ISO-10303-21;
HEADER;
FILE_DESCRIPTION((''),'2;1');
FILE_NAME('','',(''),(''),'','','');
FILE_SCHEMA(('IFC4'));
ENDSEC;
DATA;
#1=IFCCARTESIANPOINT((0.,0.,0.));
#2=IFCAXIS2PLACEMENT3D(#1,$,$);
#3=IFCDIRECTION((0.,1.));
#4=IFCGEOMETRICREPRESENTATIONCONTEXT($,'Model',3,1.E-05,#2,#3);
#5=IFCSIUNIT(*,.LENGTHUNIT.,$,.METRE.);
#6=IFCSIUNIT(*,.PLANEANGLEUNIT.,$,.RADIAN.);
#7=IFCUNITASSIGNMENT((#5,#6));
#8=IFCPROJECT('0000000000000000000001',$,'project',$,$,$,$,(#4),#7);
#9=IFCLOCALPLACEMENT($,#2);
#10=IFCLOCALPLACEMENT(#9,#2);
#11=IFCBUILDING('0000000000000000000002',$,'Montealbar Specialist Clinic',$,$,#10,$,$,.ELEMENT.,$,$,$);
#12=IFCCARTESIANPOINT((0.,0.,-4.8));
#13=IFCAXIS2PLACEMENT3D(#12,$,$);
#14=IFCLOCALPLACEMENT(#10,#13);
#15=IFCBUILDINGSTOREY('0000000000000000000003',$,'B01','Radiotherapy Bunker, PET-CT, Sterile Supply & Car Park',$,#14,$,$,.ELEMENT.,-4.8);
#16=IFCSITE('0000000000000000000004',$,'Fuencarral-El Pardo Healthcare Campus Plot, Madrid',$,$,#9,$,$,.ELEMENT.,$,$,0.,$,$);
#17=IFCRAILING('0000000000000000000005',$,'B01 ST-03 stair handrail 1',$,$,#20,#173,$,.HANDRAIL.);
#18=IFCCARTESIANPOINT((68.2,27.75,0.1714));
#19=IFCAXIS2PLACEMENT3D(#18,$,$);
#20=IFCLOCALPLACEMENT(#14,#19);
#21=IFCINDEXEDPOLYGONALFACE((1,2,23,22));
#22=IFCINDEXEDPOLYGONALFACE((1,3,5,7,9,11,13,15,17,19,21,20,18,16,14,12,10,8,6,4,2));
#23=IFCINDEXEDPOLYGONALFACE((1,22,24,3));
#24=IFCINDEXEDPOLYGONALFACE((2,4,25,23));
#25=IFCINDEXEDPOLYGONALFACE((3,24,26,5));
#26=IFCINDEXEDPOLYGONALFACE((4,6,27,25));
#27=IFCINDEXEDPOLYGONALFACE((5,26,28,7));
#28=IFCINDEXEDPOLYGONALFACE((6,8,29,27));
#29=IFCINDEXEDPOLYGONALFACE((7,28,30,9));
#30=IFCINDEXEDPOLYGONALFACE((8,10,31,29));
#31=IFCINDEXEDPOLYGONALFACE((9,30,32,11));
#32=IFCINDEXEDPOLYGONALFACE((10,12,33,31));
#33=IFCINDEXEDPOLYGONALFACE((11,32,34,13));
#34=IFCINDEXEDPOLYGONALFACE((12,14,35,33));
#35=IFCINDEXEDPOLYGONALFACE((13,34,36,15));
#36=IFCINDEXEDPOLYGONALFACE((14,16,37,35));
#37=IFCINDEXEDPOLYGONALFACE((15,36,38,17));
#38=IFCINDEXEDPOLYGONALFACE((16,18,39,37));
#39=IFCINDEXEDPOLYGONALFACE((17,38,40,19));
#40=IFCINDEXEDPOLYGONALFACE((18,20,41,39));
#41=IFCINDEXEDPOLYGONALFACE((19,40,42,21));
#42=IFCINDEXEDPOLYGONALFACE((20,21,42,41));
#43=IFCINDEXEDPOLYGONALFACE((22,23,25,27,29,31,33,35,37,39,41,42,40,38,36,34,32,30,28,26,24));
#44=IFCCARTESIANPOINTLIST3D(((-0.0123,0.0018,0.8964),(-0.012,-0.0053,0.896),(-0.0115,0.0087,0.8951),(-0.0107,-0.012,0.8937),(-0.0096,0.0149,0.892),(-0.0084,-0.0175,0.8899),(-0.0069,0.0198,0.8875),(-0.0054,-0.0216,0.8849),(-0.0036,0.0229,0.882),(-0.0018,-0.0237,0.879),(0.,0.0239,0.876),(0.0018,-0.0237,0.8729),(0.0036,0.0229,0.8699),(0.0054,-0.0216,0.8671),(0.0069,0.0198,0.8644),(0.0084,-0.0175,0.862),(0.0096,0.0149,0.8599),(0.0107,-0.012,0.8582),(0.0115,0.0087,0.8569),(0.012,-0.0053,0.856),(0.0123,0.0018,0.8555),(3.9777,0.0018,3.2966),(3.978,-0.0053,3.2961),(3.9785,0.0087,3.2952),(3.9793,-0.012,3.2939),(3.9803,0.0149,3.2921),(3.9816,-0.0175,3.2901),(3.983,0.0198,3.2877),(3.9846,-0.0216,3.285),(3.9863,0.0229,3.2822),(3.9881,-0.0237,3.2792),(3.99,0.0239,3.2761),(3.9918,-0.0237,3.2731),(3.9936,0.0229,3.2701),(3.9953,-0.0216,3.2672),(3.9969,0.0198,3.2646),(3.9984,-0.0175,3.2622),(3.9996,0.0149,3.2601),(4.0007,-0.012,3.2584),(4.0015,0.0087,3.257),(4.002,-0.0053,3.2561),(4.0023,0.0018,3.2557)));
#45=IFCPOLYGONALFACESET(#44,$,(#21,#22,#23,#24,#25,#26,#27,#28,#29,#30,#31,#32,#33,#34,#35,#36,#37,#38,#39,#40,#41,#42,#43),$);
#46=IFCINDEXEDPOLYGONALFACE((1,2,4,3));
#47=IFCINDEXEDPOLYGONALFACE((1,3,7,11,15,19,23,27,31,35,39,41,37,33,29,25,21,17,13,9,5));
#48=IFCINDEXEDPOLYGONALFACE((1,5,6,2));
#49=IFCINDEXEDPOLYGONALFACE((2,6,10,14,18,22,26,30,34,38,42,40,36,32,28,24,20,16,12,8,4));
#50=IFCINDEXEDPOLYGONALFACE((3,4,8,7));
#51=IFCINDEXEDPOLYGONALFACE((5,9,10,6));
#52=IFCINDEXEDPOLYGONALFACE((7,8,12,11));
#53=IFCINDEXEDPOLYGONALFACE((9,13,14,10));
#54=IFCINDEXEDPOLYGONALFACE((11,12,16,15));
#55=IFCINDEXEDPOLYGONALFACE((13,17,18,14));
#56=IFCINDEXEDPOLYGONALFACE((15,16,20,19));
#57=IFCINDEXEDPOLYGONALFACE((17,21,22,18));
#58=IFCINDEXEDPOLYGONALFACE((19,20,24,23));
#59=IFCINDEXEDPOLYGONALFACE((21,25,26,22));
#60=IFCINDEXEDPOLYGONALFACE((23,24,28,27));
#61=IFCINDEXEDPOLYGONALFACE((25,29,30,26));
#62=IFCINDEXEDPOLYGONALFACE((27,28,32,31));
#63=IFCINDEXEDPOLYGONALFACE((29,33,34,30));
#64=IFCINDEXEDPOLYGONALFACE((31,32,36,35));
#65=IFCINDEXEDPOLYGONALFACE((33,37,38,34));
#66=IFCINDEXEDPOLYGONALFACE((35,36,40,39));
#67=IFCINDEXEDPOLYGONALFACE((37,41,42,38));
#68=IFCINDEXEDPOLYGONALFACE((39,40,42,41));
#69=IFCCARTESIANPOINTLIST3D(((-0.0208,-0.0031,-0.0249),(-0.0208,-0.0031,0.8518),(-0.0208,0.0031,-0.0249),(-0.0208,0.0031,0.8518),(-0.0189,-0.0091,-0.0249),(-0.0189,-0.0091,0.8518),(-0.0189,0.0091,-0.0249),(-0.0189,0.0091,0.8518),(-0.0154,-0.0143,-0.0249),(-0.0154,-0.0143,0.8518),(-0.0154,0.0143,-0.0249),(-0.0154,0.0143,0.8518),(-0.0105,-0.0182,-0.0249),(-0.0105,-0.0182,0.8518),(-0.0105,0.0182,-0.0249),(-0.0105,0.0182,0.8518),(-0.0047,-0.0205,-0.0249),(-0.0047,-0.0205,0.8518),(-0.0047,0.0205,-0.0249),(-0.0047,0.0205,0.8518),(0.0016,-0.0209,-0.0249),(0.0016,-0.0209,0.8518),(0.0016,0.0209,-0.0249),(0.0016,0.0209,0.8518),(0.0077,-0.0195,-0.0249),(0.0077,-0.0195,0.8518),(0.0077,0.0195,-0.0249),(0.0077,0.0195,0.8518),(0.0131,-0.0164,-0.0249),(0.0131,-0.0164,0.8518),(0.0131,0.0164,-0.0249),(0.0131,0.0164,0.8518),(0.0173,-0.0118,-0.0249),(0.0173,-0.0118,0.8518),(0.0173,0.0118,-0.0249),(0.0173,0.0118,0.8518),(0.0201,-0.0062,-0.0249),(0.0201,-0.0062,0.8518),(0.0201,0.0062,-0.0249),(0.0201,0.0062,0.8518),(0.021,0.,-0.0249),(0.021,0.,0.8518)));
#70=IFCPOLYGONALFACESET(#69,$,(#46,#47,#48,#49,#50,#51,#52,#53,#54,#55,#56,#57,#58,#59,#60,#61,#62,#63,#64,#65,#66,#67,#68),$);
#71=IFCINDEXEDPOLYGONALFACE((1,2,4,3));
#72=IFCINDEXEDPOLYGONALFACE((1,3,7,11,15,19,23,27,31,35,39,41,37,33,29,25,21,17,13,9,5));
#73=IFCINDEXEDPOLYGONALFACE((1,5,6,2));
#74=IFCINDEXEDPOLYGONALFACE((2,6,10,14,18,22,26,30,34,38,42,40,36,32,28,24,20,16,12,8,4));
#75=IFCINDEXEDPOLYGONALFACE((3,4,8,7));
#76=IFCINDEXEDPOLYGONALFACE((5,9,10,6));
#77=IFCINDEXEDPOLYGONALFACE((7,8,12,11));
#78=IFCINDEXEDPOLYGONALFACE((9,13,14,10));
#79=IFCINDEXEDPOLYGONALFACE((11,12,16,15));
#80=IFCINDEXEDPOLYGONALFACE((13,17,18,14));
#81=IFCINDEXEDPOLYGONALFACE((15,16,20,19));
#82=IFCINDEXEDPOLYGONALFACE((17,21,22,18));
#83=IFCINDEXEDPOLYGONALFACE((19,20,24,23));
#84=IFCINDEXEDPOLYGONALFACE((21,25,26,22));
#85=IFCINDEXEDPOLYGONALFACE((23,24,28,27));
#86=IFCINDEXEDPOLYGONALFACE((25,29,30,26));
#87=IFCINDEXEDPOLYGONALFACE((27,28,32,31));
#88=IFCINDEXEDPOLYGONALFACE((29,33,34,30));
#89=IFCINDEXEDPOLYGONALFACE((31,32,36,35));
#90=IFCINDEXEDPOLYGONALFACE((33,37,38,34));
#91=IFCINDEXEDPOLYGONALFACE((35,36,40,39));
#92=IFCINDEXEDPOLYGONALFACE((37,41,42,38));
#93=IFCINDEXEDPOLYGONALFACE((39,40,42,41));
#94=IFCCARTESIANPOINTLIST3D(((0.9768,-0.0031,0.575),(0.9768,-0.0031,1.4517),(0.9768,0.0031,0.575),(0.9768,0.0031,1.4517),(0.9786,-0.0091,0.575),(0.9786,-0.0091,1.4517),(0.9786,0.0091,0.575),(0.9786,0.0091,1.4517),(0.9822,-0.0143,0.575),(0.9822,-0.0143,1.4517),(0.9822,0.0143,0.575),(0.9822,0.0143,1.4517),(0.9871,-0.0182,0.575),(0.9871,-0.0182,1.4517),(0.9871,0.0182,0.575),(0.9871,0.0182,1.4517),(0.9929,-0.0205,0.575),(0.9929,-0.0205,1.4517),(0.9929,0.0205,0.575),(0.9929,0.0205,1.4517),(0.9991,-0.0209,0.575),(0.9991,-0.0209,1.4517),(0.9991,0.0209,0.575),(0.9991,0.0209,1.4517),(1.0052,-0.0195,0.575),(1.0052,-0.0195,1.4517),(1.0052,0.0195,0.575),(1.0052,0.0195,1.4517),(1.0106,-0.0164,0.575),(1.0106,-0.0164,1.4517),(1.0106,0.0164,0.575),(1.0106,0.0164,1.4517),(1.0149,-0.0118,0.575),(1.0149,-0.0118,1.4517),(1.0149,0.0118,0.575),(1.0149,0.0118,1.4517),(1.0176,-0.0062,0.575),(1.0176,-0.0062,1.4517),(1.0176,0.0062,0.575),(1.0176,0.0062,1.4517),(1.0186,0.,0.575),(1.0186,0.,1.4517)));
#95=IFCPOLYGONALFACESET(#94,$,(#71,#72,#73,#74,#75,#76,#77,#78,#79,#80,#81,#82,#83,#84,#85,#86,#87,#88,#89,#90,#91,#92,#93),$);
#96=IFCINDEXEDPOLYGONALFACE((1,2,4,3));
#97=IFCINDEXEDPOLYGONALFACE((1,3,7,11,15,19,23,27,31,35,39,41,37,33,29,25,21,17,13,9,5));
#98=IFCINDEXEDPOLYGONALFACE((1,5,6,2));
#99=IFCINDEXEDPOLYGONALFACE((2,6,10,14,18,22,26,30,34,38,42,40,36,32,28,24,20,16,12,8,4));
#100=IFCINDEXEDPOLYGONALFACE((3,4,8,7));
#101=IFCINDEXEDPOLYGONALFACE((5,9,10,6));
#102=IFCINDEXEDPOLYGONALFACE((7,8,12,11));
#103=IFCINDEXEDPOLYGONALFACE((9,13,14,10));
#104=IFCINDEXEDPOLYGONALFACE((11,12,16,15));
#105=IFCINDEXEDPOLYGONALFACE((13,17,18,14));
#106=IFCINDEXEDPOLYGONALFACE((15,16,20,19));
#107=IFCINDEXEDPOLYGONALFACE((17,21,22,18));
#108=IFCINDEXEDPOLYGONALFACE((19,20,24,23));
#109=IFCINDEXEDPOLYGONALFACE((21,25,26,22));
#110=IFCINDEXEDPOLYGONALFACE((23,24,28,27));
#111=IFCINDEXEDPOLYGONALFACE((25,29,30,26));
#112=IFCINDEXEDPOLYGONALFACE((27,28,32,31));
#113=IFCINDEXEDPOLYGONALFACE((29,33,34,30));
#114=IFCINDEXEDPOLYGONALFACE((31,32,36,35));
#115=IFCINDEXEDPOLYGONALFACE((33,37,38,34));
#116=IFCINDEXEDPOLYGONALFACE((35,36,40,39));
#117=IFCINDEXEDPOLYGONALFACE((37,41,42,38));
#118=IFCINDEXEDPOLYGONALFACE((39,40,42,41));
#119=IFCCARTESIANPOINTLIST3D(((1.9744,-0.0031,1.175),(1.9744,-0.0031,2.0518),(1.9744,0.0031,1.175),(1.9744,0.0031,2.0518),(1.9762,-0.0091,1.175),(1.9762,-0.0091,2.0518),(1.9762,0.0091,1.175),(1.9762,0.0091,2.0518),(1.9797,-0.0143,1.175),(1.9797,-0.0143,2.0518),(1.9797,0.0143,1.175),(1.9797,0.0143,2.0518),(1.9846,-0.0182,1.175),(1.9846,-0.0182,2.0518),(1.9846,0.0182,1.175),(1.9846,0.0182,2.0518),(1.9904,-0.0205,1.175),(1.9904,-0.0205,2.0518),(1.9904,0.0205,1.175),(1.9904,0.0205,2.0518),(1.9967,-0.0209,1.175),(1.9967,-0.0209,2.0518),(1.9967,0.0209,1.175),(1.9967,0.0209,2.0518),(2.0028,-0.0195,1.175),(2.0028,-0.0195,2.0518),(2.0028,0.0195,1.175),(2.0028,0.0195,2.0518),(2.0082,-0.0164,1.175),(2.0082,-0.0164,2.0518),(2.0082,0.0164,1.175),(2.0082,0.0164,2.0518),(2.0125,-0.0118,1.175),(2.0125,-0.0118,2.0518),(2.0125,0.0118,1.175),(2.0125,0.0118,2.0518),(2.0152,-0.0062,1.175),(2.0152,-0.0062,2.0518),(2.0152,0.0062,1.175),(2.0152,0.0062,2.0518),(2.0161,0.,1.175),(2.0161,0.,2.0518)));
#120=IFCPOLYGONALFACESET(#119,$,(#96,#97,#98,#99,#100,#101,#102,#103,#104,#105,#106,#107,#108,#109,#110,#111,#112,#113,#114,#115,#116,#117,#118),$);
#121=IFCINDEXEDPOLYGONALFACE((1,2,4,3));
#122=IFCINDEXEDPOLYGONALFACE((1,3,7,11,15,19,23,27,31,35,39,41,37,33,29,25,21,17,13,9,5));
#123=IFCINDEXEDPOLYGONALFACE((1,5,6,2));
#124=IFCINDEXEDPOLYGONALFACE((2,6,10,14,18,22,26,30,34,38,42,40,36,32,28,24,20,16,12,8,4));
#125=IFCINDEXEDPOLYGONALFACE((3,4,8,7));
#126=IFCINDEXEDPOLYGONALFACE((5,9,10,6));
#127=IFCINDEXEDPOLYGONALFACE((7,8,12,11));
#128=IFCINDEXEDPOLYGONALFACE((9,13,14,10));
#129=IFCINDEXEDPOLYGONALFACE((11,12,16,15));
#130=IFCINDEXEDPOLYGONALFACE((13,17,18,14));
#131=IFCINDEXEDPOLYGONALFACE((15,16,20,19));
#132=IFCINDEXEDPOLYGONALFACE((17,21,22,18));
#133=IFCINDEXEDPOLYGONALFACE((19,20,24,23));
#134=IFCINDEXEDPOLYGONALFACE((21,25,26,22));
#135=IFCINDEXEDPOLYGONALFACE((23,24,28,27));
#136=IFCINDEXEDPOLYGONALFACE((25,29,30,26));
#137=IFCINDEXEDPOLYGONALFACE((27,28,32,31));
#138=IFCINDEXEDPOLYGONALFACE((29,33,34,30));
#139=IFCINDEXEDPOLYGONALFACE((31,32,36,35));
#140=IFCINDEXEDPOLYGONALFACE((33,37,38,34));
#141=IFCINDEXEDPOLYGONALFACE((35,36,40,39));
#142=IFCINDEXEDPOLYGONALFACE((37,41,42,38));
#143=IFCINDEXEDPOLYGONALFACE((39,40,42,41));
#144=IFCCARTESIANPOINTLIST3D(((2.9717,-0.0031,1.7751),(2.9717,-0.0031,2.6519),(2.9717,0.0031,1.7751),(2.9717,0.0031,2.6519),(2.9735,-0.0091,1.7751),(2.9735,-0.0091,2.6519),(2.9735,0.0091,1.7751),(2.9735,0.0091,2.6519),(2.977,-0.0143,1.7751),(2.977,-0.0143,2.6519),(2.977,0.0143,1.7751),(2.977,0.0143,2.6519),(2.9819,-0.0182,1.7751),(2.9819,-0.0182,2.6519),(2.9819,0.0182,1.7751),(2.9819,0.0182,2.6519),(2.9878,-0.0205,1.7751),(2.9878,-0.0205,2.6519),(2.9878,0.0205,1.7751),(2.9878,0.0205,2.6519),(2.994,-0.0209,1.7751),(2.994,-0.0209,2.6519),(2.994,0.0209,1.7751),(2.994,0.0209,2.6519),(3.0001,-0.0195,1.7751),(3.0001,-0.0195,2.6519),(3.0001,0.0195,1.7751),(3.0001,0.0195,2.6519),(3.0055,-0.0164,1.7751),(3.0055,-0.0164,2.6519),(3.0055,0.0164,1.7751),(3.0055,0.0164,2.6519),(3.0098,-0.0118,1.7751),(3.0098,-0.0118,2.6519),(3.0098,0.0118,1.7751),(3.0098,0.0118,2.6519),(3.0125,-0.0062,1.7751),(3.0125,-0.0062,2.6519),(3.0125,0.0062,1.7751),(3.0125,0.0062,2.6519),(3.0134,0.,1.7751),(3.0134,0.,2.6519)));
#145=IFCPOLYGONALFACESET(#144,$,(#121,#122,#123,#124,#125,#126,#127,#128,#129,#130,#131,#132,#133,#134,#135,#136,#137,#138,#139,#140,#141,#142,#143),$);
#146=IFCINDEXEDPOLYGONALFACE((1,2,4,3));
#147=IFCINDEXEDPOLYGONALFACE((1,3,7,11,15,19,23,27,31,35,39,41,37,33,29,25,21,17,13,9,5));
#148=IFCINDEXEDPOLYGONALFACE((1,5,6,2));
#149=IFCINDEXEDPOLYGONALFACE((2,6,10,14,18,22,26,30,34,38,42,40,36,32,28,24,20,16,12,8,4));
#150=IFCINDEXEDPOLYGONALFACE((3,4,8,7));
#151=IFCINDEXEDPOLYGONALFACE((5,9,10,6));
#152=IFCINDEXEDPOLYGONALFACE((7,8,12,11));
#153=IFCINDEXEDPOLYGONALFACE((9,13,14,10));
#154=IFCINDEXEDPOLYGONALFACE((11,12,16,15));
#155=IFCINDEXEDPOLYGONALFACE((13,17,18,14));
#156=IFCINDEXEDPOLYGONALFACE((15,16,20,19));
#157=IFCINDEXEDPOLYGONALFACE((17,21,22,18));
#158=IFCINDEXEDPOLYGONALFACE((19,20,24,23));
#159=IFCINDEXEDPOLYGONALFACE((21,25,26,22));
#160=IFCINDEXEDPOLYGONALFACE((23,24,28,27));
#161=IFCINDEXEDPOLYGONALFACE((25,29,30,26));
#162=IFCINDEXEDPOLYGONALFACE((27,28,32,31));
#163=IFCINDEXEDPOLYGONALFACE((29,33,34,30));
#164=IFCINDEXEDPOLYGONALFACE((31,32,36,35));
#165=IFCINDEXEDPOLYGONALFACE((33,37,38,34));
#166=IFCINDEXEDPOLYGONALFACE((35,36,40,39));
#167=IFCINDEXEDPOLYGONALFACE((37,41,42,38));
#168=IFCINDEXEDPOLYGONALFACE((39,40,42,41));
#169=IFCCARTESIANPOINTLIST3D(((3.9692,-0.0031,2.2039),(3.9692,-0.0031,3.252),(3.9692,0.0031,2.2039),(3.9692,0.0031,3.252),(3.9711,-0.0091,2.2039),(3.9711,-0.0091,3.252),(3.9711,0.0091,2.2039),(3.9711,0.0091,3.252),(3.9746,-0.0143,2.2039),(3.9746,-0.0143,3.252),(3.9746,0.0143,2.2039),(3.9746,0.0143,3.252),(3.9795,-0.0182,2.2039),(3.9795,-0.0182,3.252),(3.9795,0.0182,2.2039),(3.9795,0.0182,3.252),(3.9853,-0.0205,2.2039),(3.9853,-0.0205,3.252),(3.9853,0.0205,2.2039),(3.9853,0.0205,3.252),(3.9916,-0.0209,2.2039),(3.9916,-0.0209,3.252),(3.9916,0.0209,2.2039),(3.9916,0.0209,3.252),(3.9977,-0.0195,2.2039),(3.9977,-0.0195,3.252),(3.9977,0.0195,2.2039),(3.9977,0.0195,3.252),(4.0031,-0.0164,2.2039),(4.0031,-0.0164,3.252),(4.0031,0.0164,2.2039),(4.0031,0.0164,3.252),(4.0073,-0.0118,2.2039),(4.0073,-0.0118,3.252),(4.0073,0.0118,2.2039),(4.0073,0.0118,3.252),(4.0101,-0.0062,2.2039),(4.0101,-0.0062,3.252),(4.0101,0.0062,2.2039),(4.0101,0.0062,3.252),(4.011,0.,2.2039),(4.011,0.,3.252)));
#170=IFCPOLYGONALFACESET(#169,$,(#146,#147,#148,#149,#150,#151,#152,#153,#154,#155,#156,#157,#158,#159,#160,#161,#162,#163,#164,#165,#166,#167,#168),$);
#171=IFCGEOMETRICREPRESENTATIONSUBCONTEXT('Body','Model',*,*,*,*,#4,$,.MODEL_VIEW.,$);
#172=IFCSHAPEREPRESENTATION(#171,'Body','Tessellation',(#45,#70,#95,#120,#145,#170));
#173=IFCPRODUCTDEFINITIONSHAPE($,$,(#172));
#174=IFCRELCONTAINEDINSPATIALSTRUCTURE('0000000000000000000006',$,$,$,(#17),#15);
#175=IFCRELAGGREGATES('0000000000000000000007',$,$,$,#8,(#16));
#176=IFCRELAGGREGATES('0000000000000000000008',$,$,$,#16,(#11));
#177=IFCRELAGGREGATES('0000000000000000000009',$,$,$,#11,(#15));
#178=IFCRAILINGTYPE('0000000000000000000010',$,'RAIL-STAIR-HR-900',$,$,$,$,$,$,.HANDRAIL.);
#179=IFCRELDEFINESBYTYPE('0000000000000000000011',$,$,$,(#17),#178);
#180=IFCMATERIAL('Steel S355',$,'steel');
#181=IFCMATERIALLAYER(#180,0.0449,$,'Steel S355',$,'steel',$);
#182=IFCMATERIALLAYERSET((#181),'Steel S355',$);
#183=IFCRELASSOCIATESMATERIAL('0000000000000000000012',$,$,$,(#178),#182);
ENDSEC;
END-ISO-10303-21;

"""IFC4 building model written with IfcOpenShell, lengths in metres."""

from ifc_helpers import new_model, si_unit, direction, frame, origin, origin_2d, place, context, subcontext, project, spatial, circle, extrude, material, layer, layer_set, type_object, element, save


model = new_model("IFC4")

# Units and contexts
model_context = context("Model", 3, precision=1e-05, world=origin(), true_north=direction((0.0, 1.0)))
body_context = subcontext(model_context, "Body", "Model", "MODEL_VIEW")
ifc_project = project(units=[si_unit("LENGTHUNIT", "METRE"), si_unit("PLANEANGLEUNIT", "RADIAN")], contexts=[model_context])

# Site, building, storey
site_placement = place(None, origin())
site = spatial("IfcSite", under=ifc_project, at=site_placement, Name="Fuencarral-El Pardo Healthcare Campus Plot, Madrid", CompositionType="ELEMENT", RefElevation=0.0)
building_placement = place(site_placement, origin())
building = spatial("IfcBuilding", under=site, at=building_placement, Name="Montealbar Specialist Clinic", CompositionType="ELEMENT")
storey_placement = place(building_placement, frame((0.0, 0.0, -4.8)))
storey = spatial("IfcBuildingStorey", under=building, at=storey_placement, Name="B01", Description="Radiotherapy Bunker, PET-CT, Sterile Supply & Car Park", CompositionType="ELEMENT", Elevation=-4.8)

# Shared definitions
ifc_material_1 = material(Name="Steel S355", Category="steel")

# Railing
ifc_layer_1 = layer(ifc_material_1, 0.0449, Name="Steel S355", Category="steel")
ifc_layer_set_1 = layer_set([ifc_layer_1], Name="Steel S355")
railing_type_1 = type_object("IfcRailingType", Name="RAIL-STAIR-HR-900", PredefinedType="HANDRAIL", material=ifc_layer_set_1)
railing_1_placement = place(storey_placement, frame((68.2, 27.75, 0.1714)))
element("IfcRailing", 1, at=railing_1_placement, inside=storey, type_object=railing_type_1, Name="B01 ST-03 stair handrail 1", PredefinedType="HANDRAIL", context=body_context, shape_type="SweptSolid", body=[
    extrude(circle(Radius=0.0239, at=origin_2d()), frame((0.0, 0.0, 0.876), z_axis=(0.856909, 0.0, 0.515467), x_axis=(0.0, 1.0, 0.0)), (0.0, 0.0, 1.0), 4.6562),
    extrude(circle(Radius=0.021, at=origin_2d()), frame((0.0, 0.0, -0.0249)), (0.0, 0.0, 1.0), 0.8767),
    extrude(circle(Radius=0.021, at=origin_2d()), frame((0.9976, 0.0, 0.575)), (0.0, 0.0, 1.0), 0.8767),
    extrude(circle(Radius=0.021, at=origin_2d()), frame((1.9951, 0.0, 1.175)), (0.0, 0.0, 1.0), 0.8767),
    extrude(circle(Radius=0.021, at=origin_2d()), frame((2.9924, 0.0, 1.7751)), (0.0, 0.0, 1.0), 0.8767),
    extrude(circle(Radius=0.021, at=origin_2d()), frame((3.99, 0.0, 2.2039)), (0.0, 0.0, 1.0), 1.0481),
])

save(model, "model.ifc")
